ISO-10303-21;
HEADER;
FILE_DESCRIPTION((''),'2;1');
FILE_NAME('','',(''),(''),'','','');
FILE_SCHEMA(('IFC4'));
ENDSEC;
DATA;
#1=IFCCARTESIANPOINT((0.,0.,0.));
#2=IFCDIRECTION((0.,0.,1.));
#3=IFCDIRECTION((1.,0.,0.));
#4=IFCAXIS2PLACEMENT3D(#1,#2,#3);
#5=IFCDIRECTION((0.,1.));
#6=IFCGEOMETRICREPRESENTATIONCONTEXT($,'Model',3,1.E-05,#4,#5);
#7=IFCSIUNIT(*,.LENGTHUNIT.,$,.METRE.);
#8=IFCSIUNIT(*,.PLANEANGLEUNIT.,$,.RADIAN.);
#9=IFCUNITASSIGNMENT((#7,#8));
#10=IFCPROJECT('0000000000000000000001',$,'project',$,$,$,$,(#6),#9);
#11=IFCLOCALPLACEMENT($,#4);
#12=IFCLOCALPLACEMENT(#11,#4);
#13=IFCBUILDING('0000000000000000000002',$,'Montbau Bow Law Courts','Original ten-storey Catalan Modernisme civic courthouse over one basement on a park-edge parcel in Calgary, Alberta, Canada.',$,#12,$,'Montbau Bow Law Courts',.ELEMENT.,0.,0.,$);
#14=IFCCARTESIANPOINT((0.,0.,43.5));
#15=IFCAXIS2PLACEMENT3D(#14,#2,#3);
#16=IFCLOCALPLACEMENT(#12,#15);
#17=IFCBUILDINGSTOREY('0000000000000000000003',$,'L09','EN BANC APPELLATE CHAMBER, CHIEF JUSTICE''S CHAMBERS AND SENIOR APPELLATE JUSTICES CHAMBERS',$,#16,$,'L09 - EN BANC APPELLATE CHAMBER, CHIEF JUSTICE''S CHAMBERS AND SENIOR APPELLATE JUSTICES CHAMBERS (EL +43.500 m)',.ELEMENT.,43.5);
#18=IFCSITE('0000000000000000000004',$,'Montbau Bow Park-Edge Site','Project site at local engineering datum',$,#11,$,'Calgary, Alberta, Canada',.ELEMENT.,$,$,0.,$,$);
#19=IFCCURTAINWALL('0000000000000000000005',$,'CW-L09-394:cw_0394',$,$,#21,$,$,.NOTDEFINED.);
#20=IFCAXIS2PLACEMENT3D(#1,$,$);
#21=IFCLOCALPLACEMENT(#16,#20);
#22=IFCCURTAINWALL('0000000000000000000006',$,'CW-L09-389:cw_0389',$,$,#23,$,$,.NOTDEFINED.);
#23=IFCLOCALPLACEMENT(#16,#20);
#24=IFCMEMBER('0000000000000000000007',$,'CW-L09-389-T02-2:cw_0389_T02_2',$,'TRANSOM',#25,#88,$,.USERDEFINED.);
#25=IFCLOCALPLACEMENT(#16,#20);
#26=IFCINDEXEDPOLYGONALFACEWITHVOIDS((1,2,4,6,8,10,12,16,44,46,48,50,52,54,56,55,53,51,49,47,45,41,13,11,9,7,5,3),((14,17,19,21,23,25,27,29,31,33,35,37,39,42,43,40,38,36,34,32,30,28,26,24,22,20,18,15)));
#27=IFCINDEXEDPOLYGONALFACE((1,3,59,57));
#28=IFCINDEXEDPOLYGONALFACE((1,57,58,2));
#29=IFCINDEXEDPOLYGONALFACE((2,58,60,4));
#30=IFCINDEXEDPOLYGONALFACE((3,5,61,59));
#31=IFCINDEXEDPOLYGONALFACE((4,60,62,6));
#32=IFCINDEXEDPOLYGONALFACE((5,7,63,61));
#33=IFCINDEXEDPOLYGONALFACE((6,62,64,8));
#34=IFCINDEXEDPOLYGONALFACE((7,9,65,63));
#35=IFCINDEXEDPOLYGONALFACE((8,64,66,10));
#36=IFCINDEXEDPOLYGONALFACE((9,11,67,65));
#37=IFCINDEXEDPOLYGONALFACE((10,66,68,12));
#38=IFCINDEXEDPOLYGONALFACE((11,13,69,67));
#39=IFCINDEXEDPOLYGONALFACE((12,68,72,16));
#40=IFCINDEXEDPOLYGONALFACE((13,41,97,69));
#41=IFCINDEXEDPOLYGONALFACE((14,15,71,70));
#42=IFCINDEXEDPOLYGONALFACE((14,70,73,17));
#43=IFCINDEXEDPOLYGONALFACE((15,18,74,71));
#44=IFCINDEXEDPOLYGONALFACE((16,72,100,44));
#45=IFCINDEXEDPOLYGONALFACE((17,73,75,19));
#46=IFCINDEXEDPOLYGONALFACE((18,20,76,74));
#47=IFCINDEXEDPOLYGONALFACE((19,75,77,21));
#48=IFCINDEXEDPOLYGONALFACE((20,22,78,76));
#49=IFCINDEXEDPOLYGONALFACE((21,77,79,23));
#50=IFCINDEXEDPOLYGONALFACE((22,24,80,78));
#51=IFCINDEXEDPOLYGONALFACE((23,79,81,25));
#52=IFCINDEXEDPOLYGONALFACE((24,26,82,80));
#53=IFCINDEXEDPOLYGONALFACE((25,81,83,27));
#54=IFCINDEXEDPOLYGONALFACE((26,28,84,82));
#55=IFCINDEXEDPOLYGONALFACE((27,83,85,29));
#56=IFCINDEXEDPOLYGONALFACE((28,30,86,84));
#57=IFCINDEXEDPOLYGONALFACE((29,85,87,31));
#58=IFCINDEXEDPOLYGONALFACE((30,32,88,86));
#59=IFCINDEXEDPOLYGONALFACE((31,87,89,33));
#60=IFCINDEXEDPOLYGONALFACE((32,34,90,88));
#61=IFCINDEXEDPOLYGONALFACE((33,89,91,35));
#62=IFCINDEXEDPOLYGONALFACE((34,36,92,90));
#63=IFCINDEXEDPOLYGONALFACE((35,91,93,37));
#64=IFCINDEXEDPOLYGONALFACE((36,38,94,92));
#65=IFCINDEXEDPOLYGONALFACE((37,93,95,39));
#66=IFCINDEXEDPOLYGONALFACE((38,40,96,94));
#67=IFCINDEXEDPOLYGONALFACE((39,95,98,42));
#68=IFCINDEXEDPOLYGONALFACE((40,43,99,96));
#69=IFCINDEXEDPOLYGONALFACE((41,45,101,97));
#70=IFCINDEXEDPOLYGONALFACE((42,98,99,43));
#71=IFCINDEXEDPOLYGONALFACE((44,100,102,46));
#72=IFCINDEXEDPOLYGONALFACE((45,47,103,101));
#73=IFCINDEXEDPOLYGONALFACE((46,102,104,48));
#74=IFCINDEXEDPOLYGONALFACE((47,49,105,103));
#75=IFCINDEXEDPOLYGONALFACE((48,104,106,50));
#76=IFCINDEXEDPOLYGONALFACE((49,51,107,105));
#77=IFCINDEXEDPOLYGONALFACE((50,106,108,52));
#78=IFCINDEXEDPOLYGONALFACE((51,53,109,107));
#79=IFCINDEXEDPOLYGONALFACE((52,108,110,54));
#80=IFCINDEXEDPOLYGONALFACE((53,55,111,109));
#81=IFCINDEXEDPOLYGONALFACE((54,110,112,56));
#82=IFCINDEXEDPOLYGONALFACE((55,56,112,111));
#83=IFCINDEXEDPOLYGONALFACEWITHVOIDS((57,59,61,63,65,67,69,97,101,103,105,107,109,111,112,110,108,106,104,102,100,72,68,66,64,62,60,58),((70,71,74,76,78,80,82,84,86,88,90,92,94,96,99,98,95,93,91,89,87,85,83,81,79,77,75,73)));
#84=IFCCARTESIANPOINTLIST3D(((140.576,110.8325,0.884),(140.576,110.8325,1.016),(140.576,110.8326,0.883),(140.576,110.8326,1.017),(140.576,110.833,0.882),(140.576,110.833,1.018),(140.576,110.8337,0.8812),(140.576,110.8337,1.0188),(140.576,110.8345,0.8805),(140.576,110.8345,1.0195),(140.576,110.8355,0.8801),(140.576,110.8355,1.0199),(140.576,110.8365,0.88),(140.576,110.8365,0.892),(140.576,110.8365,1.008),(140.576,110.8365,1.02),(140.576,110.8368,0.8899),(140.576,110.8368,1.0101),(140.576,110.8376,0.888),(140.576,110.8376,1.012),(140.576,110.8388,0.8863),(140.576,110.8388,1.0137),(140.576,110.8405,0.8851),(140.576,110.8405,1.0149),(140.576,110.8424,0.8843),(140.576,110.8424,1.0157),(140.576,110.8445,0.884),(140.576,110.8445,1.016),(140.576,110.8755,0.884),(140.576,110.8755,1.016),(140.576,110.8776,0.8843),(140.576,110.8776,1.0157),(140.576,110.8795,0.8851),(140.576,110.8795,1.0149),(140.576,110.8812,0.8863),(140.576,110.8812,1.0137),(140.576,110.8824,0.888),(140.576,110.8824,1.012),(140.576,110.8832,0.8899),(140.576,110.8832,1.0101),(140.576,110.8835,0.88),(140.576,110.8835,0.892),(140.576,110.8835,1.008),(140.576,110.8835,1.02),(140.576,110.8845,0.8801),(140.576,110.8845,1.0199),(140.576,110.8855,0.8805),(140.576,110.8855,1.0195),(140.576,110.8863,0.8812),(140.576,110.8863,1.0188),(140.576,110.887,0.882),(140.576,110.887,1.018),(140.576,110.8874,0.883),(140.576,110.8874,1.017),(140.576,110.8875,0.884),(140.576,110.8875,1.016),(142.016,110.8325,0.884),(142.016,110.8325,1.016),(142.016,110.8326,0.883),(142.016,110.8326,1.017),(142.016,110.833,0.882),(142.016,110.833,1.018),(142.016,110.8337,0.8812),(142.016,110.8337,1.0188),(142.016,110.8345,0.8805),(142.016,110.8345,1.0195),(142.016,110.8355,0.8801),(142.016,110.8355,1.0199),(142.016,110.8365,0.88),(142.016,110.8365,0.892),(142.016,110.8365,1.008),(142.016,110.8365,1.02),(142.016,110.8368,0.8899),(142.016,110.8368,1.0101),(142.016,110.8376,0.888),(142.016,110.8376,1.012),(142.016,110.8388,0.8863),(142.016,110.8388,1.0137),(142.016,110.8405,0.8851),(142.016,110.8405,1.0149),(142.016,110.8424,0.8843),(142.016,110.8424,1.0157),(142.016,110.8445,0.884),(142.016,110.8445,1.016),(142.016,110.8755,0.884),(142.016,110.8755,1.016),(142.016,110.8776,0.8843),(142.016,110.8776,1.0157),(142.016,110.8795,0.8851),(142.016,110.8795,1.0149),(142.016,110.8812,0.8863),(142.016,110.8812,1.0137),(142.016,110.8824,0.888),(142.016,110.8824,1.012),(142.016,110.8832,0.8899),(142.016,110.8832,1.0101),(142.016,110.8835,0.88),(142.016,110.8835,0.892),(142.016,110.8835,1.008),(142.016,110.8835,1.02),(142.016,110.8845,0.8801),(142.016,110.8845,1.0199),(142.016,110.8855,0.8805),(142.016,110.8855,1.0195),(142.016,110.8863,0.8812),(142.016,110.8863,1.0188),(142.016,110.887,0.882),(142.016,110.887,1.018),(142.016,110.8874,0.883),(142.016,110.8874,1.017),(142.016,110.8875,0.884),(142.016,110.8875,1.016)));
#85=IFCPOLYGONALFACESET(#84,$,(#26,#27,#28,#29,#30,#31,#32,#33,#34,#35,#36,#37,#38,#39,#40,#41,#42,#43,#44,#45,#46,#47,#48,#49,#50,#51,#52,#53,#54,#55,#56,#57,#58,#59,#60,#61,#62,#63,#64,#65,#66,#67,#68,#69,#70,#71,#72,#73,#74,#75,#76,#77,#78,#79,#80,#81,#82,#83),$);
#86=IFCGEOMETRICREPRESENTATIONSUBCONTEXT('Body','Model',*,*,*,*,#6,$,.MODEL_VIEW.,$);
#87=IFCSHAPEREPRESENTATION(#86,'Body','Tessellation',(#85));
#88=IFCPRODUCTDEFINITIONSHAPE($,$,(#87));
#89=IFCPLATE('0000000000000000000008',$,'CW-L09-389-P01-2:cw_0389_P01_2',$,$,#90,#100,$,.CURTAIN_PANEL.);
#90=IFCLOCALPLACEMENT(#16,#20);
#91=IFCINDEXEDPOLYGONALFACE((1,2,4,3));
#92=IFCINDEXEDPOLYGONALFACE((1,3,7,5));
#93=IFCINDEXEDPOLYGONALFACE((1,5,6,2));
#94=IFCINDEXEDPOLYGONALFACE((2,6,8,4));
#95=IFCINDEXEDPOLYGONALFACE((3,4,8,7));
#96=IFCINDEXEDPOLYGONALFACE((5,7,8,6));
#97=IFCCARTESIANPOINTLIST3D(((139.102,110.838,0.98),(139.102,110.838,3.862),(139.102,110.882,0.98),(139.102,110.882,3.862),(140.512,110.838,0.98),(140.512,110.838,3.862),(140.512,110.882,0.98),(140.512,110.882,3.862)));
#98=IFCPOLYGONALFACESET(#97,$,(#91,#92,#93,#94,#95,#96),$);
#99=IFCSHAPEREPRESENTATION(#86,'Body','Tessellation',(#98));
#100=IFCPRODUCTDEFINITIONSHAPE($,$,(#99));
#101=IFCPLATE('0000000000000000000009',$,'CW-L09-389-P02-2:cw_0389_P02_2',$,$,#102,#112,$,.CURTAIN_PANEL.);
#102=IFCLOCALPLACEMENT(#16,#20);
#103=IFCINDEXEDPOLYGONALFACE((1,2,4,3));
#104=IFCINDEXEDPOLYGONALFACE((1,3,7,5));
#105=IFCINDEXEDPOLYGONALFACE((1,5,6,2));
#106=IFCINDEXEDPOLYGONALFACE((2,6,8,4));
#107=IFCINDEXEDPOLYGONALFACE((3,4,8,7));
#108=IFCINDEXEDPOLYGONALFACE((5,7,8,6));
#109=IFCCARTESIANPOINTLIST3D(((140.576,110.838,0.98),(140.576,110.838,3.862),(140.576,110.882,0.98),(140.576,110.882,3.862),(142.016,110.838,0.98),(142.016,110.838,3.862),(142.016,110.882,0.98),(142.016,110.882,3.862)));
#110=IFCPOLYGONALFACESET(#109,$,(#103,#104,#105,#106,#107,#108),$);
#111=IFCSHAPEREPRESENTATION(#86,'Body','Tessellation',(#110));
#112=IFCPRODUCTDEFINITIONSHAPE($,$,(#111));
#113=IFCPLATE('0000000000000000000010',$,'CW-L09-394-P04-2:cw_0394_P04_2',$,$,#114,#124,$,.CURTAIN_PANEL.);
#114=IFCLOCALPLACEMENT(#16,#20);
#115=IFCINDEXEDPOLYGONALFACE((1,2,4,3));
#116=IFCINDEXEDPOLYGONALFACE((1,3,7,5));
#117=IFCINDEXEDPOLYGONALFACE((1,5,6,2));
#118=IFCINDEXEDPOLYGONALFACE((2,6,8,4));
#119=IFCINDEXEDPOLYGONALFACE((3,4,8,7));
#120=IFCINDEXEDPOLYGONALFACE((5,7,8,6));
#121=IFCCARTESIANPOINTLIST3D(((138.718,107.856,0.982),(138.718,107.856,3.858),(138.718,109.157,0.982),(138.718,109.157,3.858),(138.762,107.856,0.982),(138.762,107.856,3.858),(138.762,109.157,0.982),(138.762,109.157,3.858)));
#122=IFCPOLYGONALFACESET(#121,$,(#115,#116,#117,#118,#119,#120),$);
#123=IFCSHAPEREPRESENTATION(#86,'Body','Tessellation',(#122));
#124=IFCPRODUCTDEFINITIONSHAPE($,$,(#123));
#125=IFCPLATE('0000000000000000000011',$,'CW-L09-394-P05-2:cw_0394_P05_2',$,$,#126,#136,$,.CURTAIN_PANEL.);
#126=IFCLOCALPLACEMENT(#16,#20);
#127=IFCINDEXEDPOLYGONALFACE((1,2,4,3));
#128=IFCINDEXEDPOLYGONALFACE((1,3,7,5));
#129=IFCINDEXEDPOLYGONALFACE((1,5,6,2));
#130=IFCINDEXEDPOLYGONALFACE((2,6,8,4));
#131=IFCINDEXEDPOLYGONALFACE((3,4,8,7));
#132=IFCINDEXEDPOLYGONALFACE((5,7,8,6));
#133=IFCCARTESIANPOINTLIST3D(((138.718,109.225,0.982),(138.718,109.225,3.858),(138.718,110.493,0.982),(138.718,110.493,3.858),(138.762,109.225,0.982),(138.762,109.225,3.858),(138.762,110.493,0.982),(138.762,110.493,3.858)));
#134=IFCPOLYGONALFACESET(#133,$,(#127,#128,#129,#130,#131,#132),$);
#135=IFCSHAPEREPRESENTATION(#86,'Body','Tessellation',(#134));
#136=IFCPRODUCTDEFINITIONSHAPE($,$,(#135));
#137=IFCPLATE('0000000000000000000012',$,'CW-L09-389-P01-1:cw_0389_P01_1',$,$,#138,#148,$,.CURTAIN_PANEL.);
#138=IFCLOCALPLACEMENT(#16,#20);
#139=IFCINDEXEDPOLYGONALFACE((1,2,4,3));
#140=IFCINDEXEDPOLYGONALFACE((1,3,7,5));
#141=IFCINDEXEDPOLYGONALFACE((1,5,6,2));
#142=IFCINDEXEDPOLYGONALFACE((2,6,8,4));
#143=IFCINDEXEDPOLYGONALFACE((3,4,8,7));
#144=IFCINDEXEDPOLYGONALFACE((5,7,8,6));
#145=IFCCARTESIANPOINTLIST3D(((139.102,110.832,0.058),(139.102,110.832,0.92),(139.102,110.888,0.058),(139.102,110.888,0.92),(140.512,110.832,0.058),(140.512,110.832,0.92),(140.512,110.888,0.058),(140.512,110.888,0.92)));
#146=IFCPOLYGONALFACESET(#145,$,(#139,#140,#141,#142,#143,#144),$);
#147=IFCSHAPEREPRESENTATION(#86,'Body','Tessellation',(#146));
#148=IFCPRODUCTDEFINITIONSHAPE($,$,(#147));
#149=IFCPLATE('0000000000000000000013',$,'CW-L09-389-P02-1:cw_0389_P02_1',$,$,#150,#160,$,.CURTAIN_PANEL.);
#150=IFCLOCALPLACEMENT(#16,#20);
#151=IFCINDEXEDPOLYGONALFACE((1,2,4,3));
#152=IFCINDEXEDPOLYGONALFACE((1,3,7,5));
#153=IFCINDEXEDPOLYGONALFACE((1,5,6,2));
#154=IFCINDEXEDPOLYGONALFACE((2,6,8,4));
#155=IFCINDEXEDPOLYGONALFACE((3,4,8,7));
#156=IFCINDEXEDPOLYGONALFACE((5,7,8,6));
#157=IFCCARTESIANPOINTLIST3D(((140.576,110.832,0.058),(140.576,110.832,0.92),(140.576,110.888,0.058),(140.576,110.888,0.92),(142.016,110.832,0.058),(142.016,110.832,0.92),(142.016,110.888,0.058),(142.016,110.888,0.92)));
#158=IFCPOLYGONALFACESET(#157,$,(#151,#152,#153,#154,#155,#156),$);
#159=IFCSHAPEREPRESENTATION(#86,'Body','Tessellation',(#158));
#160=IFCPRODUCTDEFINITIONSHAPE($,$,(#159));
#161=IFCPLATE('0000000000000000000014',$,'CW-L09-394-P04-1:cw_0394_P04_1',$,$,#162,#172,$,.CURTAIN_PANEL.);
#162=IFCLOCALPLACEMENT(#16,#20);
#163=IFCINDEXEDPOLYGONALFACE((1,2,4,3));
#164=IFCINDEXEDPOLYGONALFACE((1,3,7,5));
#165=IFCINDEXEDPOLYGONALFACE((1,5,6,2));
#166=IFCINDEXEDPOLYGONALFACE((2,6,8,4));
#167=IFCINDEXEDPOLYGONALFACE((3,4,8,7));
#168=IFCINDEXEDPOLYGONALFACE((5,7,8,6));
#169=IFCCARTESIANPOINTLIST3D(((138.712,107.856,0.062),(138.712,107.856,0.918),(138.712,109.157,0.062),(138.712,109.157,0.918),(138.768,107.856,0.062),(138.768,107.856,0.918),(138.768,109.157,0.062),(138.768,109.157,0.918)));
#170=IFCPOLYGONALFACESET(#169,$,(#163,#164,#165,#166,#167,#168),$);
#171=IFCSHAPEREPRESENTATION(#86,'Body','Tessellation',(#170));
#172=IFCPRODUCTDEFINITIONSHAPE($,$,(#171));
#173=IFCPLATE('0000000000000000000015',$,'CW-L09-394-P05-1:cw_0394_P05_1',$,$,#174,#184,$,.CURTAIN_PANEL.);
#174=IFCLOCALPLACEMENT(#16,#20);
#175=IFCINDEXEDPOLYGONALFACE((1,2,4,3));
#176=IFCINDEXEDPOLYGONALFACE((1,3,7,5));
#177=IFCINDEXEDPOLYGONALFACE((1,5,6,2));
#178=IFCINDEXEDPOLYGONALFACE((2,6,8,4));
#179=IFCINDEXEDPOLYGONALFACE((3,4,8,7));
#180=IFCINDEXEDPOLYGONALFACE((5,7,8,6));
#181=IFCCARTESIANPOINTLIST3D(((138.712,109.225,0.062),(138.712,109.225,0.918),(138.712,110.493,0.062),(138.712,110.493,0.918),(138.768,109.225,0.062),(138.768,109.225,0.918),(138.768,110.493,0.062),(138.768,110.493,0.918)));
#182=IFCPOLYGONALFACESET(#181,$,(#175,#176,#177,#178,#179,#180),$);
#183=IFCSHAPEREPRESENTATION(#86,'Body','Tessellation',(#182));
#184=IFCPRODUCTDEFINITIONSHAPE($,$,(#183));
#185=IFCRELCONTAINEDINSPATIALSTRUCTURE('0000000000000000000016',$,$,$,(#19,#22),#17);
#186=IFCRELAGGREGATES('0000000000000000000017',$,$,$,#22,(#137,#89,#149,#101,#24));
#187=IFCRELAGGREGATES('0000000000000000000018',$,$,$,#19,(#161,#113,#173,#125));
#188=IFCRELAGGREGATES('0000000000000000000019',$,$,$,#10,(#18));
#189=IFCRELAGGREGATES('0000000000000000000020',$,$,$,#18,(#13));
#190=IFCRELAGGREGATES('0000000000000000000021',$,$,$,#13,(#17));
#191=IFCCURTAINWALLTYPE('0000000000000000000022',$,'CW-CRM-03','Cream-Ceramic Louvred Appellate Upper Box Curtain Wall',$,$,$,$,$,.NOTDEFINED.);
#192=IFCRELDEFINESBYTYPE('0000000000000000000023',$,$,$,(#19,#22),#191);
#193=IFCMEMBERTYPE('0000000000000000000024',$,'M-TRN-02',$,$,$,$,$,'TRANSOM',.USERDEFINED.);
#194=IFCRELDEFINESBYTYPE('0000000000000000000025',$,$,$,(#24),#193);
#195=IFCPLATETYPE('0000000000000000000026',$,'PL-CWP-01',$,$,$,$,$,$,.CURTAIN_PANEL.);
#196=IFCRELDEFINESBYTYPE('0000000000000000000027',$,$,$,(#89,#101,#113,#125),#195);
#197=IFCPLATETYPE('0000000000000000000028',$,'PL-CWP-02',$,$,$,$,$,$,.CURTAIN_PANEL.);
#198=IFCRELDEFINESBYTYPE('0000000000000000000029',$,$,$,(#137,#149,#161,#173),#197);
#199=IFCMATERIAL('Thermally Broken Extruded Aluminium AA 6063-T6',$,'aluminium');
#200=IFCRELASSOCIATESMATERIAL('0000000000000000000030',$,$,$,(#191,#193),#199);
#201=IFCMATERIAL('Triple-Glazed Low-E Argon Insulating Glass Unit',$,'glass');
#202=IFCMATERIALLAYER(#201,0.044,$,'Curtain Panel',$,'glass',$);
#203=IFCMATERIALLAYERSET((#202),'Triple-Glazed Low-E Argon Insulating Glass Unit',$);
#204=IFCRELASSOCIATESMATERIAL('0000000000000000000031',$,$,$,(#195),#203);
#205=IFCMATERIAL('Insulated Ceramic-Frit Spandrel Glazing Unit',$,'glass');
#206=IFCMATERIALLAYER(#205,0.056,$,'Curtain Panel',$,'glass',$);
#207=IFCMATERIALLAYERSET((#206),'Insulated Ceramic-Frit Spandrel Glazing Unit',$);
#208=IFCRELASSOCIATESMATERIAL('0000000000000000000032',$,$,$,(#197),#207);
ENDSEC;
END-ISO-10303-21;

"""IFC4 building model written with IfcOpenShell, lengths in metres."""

from ifc_helpers import new_model, si_unit, direction, frame, frame_2d, origin_with_axes, origin_2d_with_axis, place, context, subcontext, project, spatial, rectangle, hollow_rectangle, extrude, material, layer, layer_set, material_profile, profile_set, type_object, element, aggregate, save


model = new_model("IFC4")

# Units and contexts
model_context = context("Model", 3, precision=1e-05, world=origin_with_axes(), true_north=direction((0.0, 1.0)))
body_context = subcontext(model_context, "Body", "Model", "MODEL_VIEW")
ifc_project = project(units=[si_unit("LENGTHUNIT", "METRE"), si_unit("PLANEANGLEUNIT", "RADIAN")], contexts=[model_context])

# Site, building, storey
site_placement = place(None, origin_with_axes())
site = spatial("IfcSite", under=ifc_project, at=site_placement, Name="Montbau Bow Park-Edge Site", Description="Project site at local engineering datum", LongName="Calgary, Alberta, Canada", CompositionType="ELEMENT", RefElevation=0.0)
building_placement = place(site_placement, origin_with_axes())
building = spatial("IfcBuilding", under=site, at=building_placement, Name="Montbau Bow Law Courts", Description="Original ten-storey Catalan Modernisme civic courthouse over one basement on a park-edge parcel in Calgary, Alberta, Canada.", LongName="Montbau Bow Law Courts", CompositionType="ELEMENT", ElevationOfRefHeight=0.0, ElevationOfTerrain=0.0)
storey_placement = place(building_placement, frame((0.0, 0.0, 43.5), z_axis=(0.0, 0.0, 1.0), x_axis=(1.0, 0.0, 0.0)))
storey = spatial("IfcBuildingStorey", under=building, at=storey_placement, Name="L09", Description="EN BANC APPELLATE CHAMBER, CHIEF JUSTICE'S CHAMBERS AND SENIOR APPELLATE JUSTICES CHAMBERS", LongName="L09 - EN BANC APPELLATE CHAMBER, CHIEF JUSTICE'S CHAMBERS AND SENIOR APPELLATE JUSTICES CHAMBERS (EL +43.500 m)", CompositionType="ELEMENT", Elevation=43.5)

# Curtain walls
ifc_material_1 = material(Name="Thermally Broken Extruded Aluminium AA 6063-T6", Category="aluminium")
curtain_wall_type = type_object("IfcCurtainWallType", Name="CW-CRM-03", Description="Cream-Ceramic Louvred Appellate Upper Box Curtain Wall", PredefinedType="NOTDEFINED", material=ifc_material_1)
curtain_wall_1_placement = place(None, frame((138.74, 103.715, 43.5), z_axis=(0.0, 0.0, 1.0), x_axis=(1.0, 0.0, 0.0)))
curtain_wall_1 = element("IfcCurtainWall", 1, at=curtain_wall_1_placement, inside=storey, type_object=curtain_wall_type, Name="CW-L09-394:cw_0394", PredefinedType="NOTDEFINED")
curtain_wall_2_placement = place(None, frame((139.04, 110.86, 43.5), z_axis=(0.0, 0.0, 1.0), x_axis=(1.0, 0.0, 0.0)))
curtain_wall_2 = element("IfcCurtainWall", 2, at=curtain_wall_2_placement, inside=storey, type_object=curtain_wall_type, Name="CW-L09-389:cw_0389", PredefinedType="NOTDEFINED")

# Member
ifc_material_profile_1 = material_profile(ifc_material_1, hollow_rectangle(XDim=0.055, YDim=0.14, WallThickness=0.004, InnerFilletRadius=0.008, OuterFilletRadius=0.004, at=origin_2d_with_axis()), Name="CWT-140X55", Category="Main", Priority=0)
ifc_profile_set_1 = profile_set([ifc_material_profile_1], Name="Thermally Broken Extruded Aluminium AA 6063-T6")
member_type_1 = type_object("IfcMemberType", Name="M-TRN-02", ElementType="TRANSOM", PredefinedType="USERDEFINED", material=ifc_profile_set_1)
member_1_placement = place(None, frame((140.576, 110.86, 44.45), z_axis=(1.0, 0.0, 0.0), x_axis=(0.0, 1.0, 0.0)))
member_1 = element("IfcMember", 3, at=member_1_placement, type_object=member_type_1, Name="CW-L09-389-T02-2:cw_0389_T02_2", ObjectType="TRANSOM", PredefinedType="USERDEFINED", context=body_context, shape_type="SweptSolid", body=[
    extrude(hollow_rectangle(XDim=0.055, YDim=0.14, WallThickness=0.004, InnerFilletRadius=0.008, OuterFilletRadius=0.004, at=origin_2d_with_axis()), origin_with_axes(), (0.0, 0.0, 1.0), 1.44),
])

# Plates
ifc_material_2 = material(Name="Triple-Glazed Low-E Argon Insulating Glass Unit", Category="glass")
ifc_layer_1 = layer(ifc_material_2, 0.044, Name="Curtain Panel", Category="glass")
ifc_layer_set_1 = layer_set([ifc_layer_1], Name="Triple-Glazed Low-E Argon Insulating Glass Unit")
plate_type_1 = type_object("IfcPlateType", Name="PL-CWP-01", PredefinedType="CURTAIN_PANEL", material=ifc_layer_set_1)
plate_1_placement = place(None, frame((139.102, 110.86, 44.48), z_axis=(0.0, -1.0, 0.0), x_axis=(1.0, 0.0, 0.0)))
plate_1 = element("IfcPlate", 4, at=plate_1_placement, type_object=plate_type_1, Name="CW-L09-389-P01-2:cw_0389_P01_2", PredefinedType="CURTAIN_PANEL", context=body_context, shape_type="SweptSolid", body=[
    extrude(rectangle(XDim=1.41, YDim=2.882, at=frame_2d((0.705, 1.441), x_axis=(1.0, 0.0))), frame((0.0, 0.0, -0.022), z_axis=(0.0, 0.0, 1.0), x_axis=(1.0, 0.0, 0.0)), (0.0, 0.0, 1.0), 0.044),
])
plate_2_placement = place(None, frame((140.576, 110.86, 44.48), z_axis=(0.0, -1.0, 0.0), x_axis=(1.0, 0.0, 0.0)))
plate_2 = element("IfcPlate", 5, at=plate_2_placement, type_object=plate_type_1, Name="CW-L09-389-P02-2:cw_0389_P02_2", PredefinedType="CURTAIN_PANEL", context=body_context, shape_type="SweptSolid", body=[
    extrude(rectangle(XDim=1.44, YDim=2.882, at=frame_2d((0.72, 1.441), x_axis=(1.0, 0.0))), frame((0.0, 0.0, -0.022), z_axis=(0.0, 0.0, 1.0), x_axis=(1.0, 0.0, 0.0)), (0.0, 0.0, 1.0), 0.044),
])
plate_3_placement = place(None, frame((138.74, 107.856, 44.482), z_axis=(1.0, 0.0, 0.0), x_axis=(0.0, 1.0, 0.0)))
plate_3 = element("IfcPlate", 6, at=plate_3_placement, type_object=plate_type_1, Name="CW-L09-394-P04-2:cw_0394_P04_2", PredefinedType="CURTAIN_PANEL", context=body_context, shape_type="SweptSolid", body=[
    extrude(rectangle(XDim=1.301, YDim=2.876, at=frame_2d((0.6505, 1.438), x_axis=(1.0, 0.0))), frame((0.0, 0.0, -0.022), z_axis=(0.0, 0.0, 1.0), x_axis=(1.0, 0.0, 0.0)), (0.0, 0.0, 1.0), 0.044),
])
plate_4_placement = place(None, frame((138.74, 109.225, 44.482), z_axis=(1.0, 0.0, 0.0), x_axis=(0.0, 1.0, 0.0)))
plate_4 = element("IfcPlate", 7, at=plate_4_placement, type_object=plate_type_1, Name="CW-L09-394-P05-2:cw_0394_P05_2", PredefinedType="CURTAIN_PANEL", context=body_context, shape_type="SweptSolid", body=[
    extrude(rectangle(XDim=1.268, YDim=2.876, at=frame_2d((0.634, 1.438), x_axis=(1.0, 0.0))), frame((0.0, 0.0, -0.022), z_axis=(0.0, 0.0, 1.0), x_axis=(1.0, 0.0, 0.0)), (0.0, 0.0, 1.0), 0.044),
])
ifc_material_3 = material(Name="Insulated Ceramic-Frit Spandrel Glazing Unit", Category="glass")
ifc_layer_2 = layer(ifc_material_3, 0.056, Name="Curtain Panel", Category="glass")
ifc_layer_set_2 = layer_set([ifc_layer_2], Name="Insulated Ceramic-Frit Spandrel Glazing Unit")
plate_type_2 = type_object("IfcPlateType", Name="PL-CWP-02", PredefinedType="CURTAIN_PANEL", material=ifc_layer_set_2)
plate_5_placement = place(None, frame((139.102, 110.86, 43.558), z_axis=(0.0, -1.0, 0.0), x_axis=(1.0, 0.0, 0.0)))
plate_5 = element("IfcPlate", 8, at=plate_5_placement, type_object=plate_type_2, Name="CW-L09-389-P01-1:cw_0389_P01_1", PredefinedType="CURTAIN_PANEL", context=body_context, shape_type="SweptSolid", body=[
    extrude(rectangle(XDim=1.41, YDim=0.862, at=frame_2d((0.705, 0.431), x_axis=(1.0, 0.0))), frame((0.0, 0.0, -0.028), z_axis=(0.0, 0.0, 1.0), x_axis=(1.0, 0.0, 0.0)), (0.0, 0.0, 1.0), 0.056),
])
plate_6_placement = place(None, frame((140.576, 110.86, 43.558), z_axis=(0.0, -1.0, 0.0), x_axis=(1.0, 0.0, 0.0)))
plate_6 = element("IfcPlate", 9, at=plate_6_placement, type_object=plate_type_2, Name="CW-L09-389-P02-1:cw_0389_P02_1", PredefinedType="CURTAIN_PANEL", context=body_context, shape_type="SweptSolid", body=[
    extrude(rectangle(XDim=1.44, YDim=0.862, at=frame_2d((0.72, 0.431), x_axis=(1.0, 0.0))), frame((0.0, 0.0, -0.028), z_axis=(0.0, 0.0, 1.0), x_axis=(1.0, 0.0, 0.0)), (0.0, 0.0, 1.0), 0.056),
])
aggregate(curtain_wall_2, [plate_5, plate_1, plate_6, plate_2, member_1])
plate_7_placement = place(None, frame((138.74, 107.856, 43.562), z_axis=(1.0, 0.0, 0.0), x_axis=(0.0, 1.0, 0.0)))
plate_7 = element("IfcPlate", 10, at=plate_7_placement, type_object=plate_type_2, Name="CW-L09-394-P04-1:cw_0394_P04_1", PredefinedType="CURTAIN_PANEL", context=body_context, shape_type="SweptSolid", body=[
    extrude(rectangle(XDim=1.301, YDim=0.856, at=frame_2d((0.6505, 0.428), x_axis=(1.0, 0.0))), frame((0.0, 0.0, -0.028), z_axis=(0.0, 0.0, 1.0), x_axis=(1.0, 0.0, 0.0)), (0.0, 0.0, 1.0), 0.056),
])
plate_8_placement = place(None, frame((138.74, 109.225, 43.562), z_axis=(1.0, 0.0, 0.0), x_axis=(0.0, 1.0, 0.0)))
plate_8 = element("IfcPlate", 11, at=plate_8_placement, type_object=plate_type_2, Name="CW-L09-394-P05-1:cw_0394_P05_1", PredefinedType="CURTAIN_PANEL", context=body_context, shape_type="SweptSolid", body=[
    extrude(rectangle(XDim=1.268, YDim=0.856, at=frame_2d((0.634, 0.428), x_axis=(1.0, 0.0))), frame((0.0, 0.0, -0.028), z_axis=(0.0, 0.0, 1.0), x_axis=(1.0, 0.0, 0.0)), (0.0, 0.0, 1.0), 0.056),
])
aggregate(curtain_wall_1, [plate_7, plate_3, plate_8, plate_4])

save(model, "model.ifc")
